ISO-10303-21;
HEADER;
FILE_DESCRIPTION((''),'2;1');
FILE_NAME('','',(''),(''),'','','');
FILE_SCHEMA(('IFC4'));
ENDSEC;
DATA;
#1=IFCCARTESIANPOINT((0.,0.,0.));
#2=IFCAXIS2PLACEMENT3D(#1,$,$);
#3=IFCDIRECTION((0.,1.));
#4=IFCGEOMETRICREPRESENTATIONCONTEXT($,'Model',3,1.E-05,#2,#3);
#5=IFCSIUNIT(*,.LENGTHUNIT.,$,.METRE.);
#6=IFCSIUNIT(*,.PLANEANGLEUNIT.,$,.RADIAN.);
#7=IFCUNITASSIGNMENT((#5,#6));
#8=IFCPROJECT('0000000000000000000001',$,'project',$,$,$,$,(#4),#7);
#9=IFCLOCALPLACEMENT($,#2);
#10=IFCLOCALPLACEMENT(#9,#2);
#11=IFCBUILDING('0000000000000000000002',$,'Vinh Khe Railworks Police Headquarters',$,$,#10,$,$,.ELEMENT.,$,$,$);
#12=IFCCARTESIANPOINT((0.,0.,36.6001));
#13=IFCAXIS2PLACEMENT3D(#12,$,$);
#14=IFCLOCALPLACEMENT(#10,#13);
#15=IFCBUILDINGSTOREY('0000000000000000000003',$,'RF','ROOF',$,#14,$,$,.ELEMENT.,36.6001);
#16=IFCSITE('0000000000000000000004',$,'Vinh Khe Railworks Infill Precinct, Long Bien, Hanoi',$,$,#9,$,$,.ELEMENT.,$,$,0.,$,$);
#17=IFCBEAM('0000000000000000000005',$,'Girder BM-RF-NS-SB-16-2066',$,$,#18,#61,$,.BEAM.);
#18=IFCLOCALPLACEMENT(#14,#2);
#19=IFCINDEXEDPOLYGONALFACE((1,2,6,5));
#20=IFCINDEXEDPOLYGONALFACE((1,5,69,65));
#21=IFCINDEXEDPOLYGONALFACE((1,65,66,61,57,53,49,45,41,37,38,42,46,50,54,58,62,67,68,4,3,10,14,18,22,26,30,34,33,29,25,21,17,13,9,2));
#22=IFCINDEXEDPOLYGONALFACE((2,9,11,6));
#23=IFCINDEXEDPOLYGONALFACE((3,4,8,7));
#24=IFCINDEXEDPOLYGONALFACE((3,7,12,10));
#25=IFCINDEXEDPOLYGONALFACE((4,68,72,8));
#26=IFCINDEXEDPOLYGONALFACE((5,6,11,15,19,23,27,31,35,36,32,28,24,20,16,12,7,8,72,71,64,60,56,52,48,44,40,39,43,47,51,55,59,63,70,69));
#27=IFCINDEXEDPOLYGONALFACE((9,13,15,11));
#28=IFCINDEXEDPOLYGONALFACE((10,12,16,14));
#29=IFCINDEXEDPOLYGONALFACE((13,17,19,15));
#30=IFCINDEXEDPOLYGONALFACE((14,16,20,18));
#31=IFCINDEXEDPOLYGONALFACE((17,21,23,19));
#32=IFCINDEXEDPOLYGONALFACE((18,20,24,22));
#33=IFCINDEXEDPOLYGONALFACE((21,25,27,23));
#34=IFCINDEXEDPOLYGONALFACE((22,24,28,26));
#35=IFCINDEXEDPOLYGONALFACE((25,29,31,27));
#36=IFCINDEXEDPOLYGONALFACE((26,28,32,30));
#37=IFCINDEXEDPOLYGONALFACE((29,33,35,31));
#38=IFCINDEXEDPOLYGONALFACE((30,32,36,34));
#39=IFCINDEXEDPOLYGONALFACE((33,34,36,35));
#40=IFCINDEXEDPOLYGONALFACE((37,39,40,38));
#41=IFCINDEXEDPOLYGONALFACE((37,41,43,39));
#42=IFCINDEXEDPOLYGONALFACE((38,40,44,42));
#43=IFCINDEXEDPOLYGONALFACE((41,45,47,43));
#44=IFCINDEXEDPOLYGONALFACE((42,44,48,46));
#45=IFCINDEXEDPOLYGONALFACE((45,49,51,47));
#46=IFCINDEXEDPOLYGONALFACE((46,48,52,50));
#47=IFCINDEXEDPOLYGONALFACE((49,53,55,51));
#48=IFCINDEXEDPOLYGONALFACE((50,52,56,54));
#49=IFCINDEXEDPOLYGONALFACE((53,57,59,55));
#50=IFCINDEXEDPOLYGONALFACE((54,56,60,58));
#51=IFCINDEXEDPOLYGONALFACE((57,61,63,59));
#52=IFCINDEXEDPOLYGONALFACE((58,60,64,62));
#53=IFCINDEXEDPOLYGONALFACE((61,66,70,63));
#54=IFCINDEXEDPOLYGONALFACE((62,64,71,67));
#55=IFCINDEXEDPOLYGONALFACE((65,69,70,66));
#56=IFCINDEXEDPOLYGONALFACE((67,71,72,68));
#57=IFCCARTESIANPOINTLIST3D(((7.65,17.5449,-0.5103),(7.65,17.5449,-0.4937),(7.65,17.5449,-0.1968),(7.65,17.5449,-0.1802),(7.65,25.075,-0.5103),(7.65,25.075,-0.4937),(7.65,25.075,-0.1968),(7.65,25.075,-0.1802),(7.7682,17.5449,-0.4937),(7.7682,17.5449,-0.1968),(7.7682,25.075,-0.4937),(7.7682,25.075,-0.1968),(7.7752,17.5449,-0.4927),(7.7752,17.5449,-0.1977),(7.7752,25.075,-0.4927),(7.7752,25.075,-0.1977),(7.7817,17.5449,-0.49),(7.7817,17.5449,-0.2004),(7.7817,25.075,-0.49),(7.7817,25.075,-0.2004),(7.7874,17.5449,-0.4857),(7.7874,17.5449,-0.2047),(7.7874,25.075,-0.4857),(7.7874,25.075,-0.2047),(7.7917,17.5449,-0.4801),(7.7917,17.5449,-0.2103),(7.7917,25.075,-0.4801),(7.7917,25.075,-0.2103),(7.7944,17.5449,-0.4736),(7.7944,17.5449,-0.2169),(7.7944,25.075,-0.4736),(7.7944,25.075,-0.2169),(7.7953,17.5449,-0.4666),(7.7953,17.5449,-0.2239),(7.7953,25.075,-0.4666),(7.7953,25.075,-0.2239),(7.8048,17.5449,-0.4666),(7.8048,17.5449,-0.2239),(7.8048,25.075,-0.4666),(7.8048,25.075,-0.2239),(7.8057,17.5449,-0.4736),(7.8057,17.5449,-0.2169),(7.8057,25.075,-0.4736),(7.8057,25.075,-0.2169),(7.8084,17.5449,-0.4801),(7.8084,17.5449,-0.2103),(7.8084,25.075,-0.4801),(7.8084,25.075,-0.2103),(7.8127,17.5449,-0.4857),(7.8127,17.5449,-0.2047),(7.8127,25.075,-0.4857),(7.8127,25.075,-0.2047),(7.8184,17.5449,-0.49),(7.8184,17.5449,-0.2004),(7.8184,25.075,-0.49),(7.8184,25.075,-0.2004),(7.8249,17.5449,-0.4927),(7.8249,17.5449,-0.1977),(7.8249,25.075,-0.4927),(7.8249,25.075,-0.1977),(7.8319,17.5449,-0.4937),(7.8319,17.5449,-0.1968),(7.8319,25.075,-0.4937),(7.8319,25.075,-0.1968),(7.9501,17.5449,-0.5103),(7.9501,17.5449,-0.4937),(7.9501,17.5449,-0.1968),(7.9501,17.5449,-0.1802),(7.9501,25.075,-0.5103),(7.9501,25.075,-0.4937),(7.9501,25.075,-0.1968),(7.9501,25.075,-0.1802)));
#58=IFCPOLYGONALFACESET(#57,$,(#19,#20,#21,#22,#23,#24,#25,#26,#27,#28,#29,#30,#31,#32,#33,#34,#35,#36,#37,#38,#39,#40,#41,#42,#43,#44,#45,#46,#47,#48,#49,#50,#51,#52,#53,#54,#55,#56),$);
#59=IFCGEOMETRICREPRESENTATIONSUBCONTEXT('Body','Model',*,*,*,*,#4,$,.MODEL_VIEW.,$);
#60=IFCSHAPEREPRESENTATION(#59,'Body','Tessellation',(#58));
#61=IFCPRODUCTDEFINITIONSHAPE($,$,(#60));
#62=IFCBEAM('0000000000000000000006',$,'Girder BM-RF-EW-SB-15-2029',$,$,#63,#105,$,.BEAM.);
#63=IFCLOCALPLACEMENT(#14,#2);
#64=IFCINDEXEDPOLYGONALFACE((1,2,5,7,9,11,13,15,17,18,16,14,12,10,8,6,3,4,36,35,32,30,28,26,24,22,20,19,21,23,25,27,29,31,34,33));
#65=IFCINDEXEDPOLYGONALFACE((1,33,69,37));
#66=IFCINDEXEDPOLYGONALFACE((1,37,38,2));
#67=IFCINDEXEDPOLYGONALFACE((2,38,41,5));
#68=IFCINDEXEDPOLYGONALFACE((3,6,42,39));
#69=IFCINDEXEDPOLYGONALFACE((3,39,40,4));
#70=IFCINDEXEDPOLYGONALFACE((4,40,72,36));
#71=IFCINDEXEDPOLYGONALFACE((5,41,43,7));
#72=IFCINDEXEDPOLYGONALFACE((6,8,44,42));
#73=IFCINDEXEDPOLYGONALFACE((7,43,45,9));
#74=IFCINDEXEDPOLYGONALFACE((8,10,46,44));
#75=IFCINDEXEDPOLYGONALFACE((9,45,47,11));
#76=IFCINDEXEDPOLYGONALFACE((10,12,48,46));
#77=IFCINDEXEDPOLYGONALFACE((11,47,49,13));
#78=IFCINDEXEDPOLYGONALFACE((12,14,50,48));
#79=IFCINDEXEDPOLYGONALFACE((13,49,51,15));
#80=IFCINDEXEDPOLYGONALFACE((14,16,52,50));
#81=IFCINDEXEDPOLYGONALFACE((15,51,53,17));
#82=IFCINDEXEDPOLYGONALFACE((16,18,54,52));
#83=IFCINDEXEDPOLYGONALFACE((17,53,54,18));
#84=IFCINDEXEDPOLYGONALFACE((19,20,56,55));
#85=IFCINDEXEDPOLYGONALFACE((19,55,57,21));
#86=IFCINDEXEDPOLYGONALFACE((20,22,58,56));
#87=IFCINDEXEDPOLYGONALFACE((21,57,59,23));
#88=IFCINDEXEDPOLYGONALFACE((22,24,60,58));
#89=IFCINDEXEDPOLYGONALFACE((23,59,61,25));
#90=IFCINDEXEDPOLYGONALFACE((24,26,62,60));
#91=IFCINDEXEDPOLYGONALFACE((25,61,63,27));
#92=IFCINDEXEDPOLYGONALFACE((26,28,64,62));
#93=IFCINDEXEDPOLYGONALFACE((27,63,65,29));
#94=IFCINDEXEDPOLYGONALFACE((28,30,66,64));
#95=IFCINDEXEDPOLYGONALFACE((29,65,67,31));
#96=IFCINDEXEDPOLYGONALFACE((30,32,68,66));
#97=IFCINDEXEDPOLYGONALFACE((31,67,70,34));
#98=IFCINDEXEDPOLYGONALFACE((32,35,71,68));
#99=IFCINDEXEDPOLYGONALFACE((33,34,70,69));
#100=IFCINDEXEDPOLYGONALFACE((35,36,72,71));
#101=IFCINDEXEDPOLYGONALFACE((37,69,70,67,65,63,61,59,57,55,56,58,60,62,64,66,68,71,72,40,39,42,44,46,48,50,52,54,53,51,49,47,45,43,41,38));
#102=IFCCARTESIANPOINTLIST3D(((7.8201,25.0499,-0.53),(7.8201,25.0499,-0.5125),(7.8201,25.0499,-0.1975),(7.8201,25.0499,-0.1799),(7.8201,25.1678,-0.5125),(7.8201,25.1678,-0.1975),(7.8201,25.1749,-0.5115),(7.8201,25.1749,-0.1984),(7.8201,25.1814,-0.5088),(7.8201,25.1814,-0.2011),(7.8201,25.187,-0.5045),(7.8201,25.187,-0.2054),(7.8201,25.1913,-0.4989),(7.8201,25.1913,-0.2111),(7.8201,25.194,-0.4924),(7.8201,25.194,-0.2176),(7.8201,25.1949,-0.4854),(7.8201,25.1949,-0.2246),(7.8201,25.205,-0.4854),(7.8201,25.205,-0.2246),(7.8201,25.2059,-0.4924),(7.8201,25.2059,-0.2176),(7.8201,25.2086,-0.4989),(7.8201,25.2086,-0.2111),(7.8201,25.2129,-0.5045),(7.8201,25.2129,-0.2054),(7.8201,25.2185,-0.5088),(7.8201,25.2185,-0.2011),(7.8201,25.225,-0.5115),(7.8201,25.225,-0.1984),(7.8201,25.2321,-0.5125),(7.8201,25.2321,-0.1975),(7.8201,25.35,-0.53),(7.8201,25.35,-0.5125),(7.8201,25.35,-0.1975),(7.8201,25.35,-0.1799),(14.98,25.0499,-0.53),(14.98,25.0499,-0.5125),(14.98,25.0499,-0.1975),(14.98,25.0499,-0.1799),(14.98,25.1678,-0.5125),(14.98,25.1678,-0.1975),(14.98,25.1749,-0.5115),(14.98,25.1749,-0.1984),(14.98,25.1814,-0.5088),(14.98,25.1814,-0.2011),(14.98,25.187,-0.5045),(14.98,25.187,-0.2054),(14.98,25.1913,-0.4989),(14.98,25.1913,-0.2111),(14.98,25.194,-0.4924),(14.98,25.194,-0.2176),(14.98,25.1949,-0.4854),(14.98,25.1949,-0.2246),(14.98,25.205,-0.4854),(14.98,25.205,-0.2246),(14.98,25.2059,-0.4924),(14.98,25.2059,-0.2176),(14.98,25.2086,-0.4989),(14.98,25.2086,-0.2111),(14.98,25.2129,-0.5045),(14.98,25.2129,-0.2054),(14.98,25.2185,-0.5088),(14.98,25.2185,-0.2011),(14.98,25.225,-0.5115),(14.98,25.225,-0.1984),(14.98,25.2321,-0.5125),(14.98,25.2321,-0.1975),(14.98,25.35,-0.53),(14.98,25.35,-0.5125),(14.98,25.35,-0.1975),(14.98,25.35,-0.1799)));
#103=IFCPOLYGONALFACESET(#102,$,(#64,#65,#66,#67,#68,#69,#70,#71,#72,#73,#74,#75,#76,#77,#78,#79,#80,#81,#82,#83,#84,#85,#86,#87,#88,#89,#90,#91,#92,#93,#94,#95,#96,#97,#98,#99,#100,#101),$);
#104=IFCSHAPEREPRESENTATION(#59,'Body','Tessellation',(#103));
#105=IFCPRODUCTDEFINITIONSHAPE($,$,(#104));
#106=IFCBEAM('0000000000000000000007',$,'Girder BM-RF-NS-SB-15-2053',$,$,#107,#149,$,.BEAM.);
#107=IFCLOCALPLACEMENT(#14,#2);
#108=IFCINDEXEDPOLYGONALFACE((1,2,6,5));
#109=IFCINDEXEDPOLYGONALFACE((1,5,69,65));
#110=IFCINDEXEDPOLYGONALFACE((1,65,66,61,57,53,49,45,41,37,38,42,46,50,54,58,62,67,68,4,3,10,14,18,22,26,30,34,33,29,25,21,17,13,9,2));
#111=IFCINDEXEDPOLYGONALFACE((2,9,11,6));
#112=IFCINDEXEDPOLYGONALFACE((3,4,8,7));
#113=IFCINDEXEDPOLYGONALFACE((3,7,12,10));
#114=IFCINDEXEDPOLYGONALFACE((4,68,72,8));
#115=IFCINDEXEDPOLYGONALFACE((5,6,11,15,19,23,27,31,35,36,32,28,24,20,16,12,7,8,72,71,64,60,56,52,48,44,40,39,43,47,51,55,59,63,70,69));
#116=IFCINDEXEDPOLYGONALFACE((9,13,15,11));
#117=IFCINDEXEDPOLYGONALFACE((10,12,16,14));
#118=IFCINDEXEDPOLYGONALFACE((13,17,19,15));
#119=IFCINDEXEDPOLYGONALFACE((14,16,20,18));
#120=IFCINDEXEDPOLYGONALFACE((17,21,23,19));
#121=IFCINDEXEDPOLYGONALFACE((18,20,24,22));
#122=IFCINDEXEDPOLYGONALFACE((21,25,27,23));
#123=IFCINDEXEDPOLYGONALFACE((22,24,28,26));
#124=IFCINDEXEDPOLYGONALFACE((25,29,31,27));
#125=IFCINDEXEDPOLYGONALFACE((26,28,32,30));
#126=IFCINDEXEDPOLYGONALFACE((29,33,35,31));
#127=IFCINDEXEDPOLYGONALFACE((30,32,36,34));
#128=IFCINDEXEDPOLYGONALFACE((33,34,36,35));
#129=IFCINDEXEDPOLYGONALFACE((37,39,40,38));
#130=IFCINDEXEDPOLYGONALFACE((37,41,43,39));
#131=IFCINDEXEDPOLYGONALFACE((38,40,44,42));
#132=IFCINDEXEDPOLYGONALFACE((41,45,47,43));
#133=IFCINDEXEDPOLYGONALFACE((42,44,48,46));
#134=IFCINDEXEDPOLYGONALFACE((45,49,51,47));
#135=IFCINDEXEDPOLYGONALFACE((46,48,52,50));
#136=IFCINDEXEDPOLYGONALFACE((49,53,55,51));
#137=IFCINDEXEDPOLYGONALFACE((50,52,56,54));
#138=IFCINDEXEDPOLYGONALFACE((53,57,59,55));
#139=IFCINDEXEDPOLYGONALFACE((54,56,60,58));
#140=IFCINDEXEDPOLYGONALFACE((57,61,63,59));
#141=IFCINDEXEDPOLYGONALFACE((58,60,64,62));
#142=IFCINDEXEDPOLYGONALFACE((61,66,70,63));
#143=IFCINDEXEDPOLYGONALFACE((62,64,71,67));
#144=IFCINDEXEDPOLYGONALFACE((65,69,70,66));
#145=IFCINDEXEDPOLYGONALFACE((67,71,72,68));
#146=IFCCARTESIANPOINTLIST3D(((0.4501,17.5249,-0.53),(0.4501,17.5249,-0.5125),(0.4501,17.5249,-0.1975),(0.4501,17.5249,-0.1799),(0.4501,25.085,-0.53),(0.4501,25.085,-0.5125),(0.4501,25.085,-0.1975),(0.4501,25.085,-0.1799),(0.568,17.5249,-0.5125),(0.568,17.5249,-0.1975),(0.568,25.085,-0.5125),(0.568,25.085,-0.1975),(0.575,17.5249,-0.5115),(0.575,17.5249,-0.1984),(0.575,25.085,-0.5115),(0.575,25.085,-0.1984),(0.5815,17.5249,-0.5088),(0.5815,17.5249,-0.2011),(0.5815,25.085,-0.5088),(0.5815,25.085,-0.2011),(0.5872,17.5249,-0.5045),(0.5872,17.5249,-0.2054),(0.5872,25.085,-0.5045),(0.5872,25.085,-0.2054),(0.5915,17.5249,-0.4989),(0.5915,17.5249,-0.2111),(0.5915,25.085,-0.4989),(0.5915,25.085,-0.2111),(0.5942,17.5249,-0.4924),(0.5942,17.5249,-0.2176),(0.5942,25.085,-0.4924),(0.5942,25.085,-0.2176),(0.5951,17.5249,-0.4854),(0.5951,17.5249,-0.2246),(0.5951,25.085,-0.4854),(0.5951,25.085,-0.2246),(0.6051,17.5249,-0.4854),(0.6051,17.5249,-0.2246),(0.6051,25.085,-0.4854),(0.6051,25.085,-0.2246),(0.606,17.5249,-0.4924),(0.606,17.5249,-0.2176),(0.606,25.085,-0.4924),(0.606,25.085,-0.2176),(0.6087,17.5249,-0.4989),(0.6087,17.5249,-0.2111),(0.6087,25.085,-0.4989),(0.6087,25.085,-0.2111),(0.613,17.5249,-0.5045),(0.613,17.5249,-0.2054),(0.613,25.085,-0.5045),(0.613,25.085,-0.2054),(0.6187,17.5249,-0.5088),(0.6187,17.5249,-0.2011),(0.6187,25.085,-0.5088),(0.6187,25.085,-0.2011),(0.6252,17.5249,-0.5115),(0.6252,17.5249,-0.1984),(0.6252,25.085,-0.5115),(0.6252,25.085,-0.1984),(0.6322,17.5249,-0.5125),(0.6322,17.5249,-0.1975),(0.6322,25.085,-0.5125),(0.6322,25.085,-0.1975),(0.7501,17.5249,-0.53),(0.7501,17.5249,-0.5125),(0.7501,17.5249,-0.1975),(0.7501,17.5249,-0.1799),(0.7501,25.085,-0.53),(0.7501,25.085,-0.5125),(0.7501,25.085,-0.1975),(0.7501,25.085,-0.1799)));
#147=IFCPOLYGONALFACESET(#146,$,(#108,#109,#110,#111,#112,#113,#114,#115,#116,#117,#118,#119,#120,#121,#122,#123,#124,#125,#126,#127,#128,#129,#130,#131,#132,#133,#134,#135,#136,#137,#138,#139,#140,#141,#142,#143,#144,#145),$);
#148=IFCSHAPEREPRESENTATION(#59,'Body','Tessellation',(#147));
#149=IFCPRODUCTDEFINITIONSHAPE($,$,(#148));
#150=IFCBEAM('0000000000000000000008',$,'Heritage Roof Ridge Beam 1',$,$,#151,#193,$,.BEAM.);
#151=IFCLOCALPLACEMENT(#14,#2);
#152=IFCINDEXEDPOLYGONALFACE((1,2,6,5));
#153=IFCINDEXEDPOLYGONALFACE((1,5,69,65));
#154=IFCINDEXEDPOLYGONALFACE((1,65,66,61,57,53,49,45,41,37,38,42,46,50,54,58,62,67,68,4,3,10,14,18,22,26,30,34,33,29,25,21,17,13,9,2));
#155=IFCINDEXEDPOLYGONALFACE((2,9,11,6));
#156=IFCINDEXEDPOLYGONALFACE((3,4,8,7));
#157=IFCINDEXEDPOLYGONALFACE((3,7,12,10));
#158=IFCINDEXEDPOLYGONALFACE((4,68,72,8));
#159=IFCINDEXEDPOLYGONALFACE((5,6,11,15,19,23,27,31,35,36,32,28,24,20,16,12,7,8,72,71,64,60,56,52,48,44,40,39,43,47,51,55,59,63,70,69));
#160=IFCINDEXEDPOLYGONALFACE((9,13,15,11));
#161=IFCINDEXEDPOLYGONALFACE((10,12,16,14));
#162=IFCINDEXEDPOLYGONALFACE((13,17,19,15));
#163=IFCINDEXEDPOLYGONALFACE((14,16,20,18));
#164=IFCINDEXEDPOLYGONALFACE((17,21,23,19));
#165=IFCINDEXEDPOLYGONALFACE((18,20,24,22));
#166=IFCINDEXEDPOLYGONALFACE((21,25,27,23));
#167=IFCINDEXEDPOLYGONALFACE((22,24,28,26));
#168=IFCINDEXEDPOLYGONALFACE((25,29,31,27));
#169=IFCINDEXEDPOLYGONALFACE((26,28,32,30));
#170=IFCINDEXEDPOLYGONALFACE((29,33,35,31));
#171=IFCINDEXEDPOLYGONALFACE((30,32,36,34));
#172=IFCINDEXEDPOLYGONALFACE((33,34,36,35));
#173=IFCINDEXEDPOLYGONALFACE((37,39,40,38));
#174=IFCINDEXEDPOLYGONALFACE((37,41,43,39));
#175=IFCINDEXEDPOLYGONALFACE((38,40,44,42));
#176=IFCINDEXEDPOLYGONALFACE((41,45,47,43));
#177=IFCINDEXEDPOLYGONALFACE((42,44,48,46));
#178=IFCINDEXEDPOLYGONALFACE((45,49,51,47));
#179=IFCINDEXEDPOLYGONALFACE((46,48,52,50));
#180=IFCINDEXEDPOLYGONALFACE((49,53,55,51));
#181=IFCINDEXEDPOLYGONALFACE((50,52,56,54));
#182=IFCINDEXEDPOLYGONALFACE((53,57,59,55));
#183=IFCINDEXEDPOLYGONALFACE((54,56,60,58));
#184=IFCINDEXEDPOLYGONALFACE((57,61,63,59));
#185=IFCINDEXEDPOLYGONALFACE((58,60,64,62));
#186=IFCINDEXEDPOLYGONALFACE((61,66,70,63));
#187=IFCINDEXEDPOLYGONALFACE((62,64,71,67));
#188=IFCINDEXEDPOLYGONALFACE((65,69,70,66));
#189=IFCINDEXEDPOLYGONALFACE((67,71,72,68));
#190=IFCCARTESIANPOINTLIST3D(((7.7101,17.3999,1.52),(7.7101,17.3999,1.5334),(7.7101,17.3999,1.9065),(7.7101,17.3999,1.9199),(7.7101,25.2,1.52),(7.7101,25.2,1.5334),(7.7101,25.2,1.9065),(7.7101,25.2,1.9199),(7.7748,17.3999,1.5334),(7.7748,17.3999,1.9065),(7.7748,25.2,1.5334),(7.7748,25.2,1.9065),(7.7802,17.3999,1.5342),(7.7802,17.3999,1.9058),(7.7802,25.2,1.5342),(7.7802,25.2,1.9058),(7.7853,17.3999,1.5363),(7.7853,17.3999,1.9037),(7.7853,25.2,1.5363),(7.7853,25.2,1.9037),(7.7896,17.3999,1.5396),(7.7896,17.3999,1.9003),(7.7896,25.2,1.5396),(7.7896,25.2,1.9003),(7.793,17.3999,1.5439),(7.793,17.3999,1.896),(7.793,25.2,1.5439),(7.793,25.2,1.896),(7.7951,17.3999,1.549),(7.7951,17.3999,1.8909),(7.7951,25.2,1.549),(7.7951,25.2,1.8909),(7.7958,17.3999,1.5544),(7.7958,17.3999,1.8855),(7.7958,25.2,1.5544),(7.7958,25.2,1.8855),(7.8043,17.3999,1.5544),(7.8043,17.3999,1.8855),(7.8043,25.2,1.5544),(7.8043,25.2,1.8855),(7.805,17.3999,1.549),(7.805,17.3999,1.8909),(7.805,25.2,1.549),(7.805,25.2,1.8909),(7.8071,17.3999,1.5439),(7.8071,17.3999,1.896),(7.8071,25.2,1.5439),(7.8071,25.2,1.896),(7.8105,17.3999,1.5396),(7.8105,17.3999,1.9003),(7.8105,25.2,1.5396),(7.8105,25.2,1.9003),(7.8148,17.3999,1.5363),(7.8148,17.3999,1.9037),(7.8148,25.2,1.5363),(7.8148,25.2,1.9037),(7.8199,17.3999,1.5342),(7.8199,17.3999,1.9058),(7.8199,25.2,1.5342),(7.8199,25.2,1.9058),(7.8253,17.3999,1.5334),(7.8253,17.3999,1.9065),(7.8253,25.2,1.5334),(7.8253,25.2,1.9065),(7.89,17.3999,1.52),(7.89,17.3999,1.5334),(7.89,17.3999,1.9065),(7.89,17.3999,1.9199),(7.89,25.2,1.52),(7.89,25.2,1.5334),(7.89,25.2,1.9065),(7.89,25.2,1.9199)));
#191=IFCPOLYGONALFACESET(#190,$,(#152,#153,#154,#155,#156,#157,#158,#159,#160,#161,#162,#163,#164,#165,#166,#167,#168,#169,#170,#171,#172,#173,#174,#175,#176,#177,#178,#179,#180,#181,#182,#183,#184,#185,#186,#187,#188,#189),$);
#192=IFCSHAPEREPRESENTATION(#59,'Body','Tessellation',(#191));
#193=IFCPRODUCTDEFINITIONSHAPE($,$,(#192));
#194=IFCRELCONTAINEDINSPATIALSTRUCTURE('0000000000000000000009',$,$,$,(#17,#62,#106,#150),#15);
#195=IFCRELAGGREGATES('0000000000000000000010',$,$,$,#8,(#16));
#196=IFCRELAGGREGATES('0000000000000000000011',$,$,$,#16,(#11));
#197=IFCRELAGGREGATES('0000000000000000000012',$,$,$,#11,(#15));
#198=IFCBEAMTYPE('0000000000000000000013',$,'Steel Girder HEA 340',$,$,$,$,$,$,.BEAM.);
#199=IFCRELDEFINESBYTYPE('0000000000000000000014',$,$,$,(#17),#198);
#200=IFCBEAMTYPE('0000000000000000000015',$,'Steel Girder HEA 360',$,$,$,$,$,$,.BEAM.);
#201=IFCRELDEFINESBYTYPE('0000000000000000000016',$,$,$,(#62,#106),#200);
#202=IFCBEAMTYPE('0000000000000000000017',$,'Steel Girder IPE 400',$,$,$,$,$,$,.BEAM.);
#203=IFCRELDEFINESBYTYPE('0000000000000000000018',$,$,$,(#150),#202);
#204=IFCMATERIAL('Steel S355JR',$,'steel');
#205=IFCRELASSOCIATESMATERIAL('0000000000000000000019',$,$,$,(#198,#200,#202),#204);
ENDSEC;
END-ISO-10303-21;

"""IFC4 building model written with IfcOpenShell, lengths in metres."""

from ifc_helpers import new_model, si_unit, direction, frame, origin, origin_2d, place, context, subcontext, project, spatial, i_section, extrude, material, material_profile, profile_set, type_object, element, save


model = new_model("IFC4")

# Units and contexts
model_context = context("Model", 3, precision=1e-05, world=origin(), true_north=direction((0.0, 1.0)))
body_context = subcontext(model_context, "Body", "Model", "MODEL_VIEW")
ifc_project = project(units=[si_unit("LENGTHUNIT", "METRE"), si_unit("PLANEANGLEUNIT", "RADIAN")], contexts=[model_context])

# Site, building, storey
site_placement = place(None, origin())
site = spatial("IfcSite", under=ifc_project, at=site_placement, Name="Vinh Khe Railworks Infill Precinct, Long Bien, Hanoi", CompositionType="ELEMENT", RefElevation=0.0)
building_placement = place(site_placement, origin())
building = spatial("IfcBuilding", under=site, at=building_placement, Name="Vinh Khe Railworks Police Headquarters", CompositionType="ELEMENT")
storey_placement = place(building_placement, frame((0.0, 0.0, 36.6001)))
storey = spatial("IfcBuildingStorey", under=building, at=storey_placement, Name="RF", Description="ROOF", CompositionType="ELEMENT", Elevation=36.6001)

# Shared definitions
ifc_material_1 = material(Name="Steel S355JR", Category="steel")

# Beams
ifc_material_profile_1 = material_profile(ifc_material_1, i_section(OverallWidth=0.3, OverallDepth=0.3301, WebThickness=0.0095, FlangeThickness=0.0166, FilletRadius=0.0271, at=origin_2d()), Name="HEA 340")
ifc_profile_set_1 = profile_set([ifc_material_profile_1], Name="Steel S355JR")
beam_type_1 = type_object("IfcBeamType", Name="Steel Girder HEA 340", PredefinedType="BEAM", material=ifc_profile_set_1)
beam_1_placement = place(storey_placement, frame((7.8, 17.5449, -0.3452), z_axis=(0.0, 1.0, 0.0), x_axis=(-1.0, 0.0, 0.0)))
element("IfcBeam", 1, at=beam_1_placement, inside=storey, type_object=beam_type_1, Name="Girder BM-RF-NS-SB-16-2066", PredefinedType="BEAM", context=body_context, shape_type="SweptSolid", body=[
    extrude(i_section(OverallWidth=0.3, OverallDepth=0.3301, WebThickness=0.0095, FlangeThickness=0.0166, FilletRadius=0.0271, at=origin_2d()), origin(), (0.0, 0.0, 1.0), 7.53),
])
ifc_material_profile_2 = material_profile(ifc_material_1, i_section(OverallWidth=0.3, OverallDepth=0.3501, WebThickness=0.01, FlangeThickness=0.0176, FilletRadius=0.0271, at=origin_2d()), Name="HEA 360")
ifc_profile_set_2 = profile_set([ifc_material_profile_2], Name="Steel S355JR")
beam_type_2 = type_object("IfcBeamType", Name="Steel Girder HEA 360", PredefinedType="BEAM", material=ifc_profile_set_2)
beam_2_placement = place(storey_placement, frame((7.8201, 25.2, -0.355), z_axis=(1.0, 0.0, 0.0), x_axis=(0.0, 1.0, 0.0)))
element("IfcBeam", 2, at=beam_2_placement, inside=storey, type_object=beam_type_2, Name="Girder BM-RF-EW-SB-15-2029", PredefinedType="BEAM", context=body_context, shape_type="SweptSolid", body=[
    extrude(i_section(OverallWidth=0.3, OverallDepth=0.3501, WebThickness=0.01, FlangeThickness=0.0176, FilletRadius=0.0271, at=origin_2d()), origin(), (0.0, 0.0, 1.0), 7.1599),
])
beam_3_placement = place(storey_placement, frame((0.6001, 17.5249, -0.355), z_axis=(0.0, 1.0, 0.0), x_axis=(-1.0, 0.0, 0.0)))
element("IfcBeam", 3, at=beam_3_placement, inside=storey, type_object=beam_type_2, Name="Girder BM-RF-NS-SB-15-2053", PredefinedType="BEAM", context=body_context, shape_type="SweptSolid", body=[
    extrude(i_section(OverallWidth=0.3, OverallDepth=0.3501, WebThickness=0.01, FlangeThickness=0.0176, FilletRadius=0.0271, at=origin_2d()), origin(), (0.0, 0.0, 1.0), 7.5601),
])
ifc_material_profile_3 = material_profile(ifc_material_1, i_section(OverallWidth=0.1799, OverallDepth=0.3999, WebThickness=0.0085, FlangeThickness=0.0134, FilletRadius=0.021, at=origin_2d()), Name="IPE 400")
ifc_profile_set_3 = profile_set([ifc_material_profile_3], Name="Steel S355JR")
beam_type_3 = type_object("IfcBeamType", Name="Steel Girder IPE 400", PredefinedType="BEAM", material=ifc_profile_set_3)
beam_4_placement = place(storey_placement, frame((7.8, 17.3999, 1.72), z_axis=(0.0, 1.0, 0.0), x_axis=(-1.0, 0.0, 0.0)))
element("IfcBeam", 4, at=beam_4_placement, inside=storey, type_object=beam_type_3, Name="Heritage Roof Ridge Beam 1", PredefinedType="BEAM", context=body_context, shape_type="SweptSolid", body=[
    extrude(i_section(OverallWidth=0.1799, OverallDepth=0.3999, WebThickness=0.0085, FlangeThickness=0.0134, FilletRadius=0.021, at=origin_2d()), origin(), (0.0, 0.0, 1.0), 7.8),
])

save(model, "model.ifc")
